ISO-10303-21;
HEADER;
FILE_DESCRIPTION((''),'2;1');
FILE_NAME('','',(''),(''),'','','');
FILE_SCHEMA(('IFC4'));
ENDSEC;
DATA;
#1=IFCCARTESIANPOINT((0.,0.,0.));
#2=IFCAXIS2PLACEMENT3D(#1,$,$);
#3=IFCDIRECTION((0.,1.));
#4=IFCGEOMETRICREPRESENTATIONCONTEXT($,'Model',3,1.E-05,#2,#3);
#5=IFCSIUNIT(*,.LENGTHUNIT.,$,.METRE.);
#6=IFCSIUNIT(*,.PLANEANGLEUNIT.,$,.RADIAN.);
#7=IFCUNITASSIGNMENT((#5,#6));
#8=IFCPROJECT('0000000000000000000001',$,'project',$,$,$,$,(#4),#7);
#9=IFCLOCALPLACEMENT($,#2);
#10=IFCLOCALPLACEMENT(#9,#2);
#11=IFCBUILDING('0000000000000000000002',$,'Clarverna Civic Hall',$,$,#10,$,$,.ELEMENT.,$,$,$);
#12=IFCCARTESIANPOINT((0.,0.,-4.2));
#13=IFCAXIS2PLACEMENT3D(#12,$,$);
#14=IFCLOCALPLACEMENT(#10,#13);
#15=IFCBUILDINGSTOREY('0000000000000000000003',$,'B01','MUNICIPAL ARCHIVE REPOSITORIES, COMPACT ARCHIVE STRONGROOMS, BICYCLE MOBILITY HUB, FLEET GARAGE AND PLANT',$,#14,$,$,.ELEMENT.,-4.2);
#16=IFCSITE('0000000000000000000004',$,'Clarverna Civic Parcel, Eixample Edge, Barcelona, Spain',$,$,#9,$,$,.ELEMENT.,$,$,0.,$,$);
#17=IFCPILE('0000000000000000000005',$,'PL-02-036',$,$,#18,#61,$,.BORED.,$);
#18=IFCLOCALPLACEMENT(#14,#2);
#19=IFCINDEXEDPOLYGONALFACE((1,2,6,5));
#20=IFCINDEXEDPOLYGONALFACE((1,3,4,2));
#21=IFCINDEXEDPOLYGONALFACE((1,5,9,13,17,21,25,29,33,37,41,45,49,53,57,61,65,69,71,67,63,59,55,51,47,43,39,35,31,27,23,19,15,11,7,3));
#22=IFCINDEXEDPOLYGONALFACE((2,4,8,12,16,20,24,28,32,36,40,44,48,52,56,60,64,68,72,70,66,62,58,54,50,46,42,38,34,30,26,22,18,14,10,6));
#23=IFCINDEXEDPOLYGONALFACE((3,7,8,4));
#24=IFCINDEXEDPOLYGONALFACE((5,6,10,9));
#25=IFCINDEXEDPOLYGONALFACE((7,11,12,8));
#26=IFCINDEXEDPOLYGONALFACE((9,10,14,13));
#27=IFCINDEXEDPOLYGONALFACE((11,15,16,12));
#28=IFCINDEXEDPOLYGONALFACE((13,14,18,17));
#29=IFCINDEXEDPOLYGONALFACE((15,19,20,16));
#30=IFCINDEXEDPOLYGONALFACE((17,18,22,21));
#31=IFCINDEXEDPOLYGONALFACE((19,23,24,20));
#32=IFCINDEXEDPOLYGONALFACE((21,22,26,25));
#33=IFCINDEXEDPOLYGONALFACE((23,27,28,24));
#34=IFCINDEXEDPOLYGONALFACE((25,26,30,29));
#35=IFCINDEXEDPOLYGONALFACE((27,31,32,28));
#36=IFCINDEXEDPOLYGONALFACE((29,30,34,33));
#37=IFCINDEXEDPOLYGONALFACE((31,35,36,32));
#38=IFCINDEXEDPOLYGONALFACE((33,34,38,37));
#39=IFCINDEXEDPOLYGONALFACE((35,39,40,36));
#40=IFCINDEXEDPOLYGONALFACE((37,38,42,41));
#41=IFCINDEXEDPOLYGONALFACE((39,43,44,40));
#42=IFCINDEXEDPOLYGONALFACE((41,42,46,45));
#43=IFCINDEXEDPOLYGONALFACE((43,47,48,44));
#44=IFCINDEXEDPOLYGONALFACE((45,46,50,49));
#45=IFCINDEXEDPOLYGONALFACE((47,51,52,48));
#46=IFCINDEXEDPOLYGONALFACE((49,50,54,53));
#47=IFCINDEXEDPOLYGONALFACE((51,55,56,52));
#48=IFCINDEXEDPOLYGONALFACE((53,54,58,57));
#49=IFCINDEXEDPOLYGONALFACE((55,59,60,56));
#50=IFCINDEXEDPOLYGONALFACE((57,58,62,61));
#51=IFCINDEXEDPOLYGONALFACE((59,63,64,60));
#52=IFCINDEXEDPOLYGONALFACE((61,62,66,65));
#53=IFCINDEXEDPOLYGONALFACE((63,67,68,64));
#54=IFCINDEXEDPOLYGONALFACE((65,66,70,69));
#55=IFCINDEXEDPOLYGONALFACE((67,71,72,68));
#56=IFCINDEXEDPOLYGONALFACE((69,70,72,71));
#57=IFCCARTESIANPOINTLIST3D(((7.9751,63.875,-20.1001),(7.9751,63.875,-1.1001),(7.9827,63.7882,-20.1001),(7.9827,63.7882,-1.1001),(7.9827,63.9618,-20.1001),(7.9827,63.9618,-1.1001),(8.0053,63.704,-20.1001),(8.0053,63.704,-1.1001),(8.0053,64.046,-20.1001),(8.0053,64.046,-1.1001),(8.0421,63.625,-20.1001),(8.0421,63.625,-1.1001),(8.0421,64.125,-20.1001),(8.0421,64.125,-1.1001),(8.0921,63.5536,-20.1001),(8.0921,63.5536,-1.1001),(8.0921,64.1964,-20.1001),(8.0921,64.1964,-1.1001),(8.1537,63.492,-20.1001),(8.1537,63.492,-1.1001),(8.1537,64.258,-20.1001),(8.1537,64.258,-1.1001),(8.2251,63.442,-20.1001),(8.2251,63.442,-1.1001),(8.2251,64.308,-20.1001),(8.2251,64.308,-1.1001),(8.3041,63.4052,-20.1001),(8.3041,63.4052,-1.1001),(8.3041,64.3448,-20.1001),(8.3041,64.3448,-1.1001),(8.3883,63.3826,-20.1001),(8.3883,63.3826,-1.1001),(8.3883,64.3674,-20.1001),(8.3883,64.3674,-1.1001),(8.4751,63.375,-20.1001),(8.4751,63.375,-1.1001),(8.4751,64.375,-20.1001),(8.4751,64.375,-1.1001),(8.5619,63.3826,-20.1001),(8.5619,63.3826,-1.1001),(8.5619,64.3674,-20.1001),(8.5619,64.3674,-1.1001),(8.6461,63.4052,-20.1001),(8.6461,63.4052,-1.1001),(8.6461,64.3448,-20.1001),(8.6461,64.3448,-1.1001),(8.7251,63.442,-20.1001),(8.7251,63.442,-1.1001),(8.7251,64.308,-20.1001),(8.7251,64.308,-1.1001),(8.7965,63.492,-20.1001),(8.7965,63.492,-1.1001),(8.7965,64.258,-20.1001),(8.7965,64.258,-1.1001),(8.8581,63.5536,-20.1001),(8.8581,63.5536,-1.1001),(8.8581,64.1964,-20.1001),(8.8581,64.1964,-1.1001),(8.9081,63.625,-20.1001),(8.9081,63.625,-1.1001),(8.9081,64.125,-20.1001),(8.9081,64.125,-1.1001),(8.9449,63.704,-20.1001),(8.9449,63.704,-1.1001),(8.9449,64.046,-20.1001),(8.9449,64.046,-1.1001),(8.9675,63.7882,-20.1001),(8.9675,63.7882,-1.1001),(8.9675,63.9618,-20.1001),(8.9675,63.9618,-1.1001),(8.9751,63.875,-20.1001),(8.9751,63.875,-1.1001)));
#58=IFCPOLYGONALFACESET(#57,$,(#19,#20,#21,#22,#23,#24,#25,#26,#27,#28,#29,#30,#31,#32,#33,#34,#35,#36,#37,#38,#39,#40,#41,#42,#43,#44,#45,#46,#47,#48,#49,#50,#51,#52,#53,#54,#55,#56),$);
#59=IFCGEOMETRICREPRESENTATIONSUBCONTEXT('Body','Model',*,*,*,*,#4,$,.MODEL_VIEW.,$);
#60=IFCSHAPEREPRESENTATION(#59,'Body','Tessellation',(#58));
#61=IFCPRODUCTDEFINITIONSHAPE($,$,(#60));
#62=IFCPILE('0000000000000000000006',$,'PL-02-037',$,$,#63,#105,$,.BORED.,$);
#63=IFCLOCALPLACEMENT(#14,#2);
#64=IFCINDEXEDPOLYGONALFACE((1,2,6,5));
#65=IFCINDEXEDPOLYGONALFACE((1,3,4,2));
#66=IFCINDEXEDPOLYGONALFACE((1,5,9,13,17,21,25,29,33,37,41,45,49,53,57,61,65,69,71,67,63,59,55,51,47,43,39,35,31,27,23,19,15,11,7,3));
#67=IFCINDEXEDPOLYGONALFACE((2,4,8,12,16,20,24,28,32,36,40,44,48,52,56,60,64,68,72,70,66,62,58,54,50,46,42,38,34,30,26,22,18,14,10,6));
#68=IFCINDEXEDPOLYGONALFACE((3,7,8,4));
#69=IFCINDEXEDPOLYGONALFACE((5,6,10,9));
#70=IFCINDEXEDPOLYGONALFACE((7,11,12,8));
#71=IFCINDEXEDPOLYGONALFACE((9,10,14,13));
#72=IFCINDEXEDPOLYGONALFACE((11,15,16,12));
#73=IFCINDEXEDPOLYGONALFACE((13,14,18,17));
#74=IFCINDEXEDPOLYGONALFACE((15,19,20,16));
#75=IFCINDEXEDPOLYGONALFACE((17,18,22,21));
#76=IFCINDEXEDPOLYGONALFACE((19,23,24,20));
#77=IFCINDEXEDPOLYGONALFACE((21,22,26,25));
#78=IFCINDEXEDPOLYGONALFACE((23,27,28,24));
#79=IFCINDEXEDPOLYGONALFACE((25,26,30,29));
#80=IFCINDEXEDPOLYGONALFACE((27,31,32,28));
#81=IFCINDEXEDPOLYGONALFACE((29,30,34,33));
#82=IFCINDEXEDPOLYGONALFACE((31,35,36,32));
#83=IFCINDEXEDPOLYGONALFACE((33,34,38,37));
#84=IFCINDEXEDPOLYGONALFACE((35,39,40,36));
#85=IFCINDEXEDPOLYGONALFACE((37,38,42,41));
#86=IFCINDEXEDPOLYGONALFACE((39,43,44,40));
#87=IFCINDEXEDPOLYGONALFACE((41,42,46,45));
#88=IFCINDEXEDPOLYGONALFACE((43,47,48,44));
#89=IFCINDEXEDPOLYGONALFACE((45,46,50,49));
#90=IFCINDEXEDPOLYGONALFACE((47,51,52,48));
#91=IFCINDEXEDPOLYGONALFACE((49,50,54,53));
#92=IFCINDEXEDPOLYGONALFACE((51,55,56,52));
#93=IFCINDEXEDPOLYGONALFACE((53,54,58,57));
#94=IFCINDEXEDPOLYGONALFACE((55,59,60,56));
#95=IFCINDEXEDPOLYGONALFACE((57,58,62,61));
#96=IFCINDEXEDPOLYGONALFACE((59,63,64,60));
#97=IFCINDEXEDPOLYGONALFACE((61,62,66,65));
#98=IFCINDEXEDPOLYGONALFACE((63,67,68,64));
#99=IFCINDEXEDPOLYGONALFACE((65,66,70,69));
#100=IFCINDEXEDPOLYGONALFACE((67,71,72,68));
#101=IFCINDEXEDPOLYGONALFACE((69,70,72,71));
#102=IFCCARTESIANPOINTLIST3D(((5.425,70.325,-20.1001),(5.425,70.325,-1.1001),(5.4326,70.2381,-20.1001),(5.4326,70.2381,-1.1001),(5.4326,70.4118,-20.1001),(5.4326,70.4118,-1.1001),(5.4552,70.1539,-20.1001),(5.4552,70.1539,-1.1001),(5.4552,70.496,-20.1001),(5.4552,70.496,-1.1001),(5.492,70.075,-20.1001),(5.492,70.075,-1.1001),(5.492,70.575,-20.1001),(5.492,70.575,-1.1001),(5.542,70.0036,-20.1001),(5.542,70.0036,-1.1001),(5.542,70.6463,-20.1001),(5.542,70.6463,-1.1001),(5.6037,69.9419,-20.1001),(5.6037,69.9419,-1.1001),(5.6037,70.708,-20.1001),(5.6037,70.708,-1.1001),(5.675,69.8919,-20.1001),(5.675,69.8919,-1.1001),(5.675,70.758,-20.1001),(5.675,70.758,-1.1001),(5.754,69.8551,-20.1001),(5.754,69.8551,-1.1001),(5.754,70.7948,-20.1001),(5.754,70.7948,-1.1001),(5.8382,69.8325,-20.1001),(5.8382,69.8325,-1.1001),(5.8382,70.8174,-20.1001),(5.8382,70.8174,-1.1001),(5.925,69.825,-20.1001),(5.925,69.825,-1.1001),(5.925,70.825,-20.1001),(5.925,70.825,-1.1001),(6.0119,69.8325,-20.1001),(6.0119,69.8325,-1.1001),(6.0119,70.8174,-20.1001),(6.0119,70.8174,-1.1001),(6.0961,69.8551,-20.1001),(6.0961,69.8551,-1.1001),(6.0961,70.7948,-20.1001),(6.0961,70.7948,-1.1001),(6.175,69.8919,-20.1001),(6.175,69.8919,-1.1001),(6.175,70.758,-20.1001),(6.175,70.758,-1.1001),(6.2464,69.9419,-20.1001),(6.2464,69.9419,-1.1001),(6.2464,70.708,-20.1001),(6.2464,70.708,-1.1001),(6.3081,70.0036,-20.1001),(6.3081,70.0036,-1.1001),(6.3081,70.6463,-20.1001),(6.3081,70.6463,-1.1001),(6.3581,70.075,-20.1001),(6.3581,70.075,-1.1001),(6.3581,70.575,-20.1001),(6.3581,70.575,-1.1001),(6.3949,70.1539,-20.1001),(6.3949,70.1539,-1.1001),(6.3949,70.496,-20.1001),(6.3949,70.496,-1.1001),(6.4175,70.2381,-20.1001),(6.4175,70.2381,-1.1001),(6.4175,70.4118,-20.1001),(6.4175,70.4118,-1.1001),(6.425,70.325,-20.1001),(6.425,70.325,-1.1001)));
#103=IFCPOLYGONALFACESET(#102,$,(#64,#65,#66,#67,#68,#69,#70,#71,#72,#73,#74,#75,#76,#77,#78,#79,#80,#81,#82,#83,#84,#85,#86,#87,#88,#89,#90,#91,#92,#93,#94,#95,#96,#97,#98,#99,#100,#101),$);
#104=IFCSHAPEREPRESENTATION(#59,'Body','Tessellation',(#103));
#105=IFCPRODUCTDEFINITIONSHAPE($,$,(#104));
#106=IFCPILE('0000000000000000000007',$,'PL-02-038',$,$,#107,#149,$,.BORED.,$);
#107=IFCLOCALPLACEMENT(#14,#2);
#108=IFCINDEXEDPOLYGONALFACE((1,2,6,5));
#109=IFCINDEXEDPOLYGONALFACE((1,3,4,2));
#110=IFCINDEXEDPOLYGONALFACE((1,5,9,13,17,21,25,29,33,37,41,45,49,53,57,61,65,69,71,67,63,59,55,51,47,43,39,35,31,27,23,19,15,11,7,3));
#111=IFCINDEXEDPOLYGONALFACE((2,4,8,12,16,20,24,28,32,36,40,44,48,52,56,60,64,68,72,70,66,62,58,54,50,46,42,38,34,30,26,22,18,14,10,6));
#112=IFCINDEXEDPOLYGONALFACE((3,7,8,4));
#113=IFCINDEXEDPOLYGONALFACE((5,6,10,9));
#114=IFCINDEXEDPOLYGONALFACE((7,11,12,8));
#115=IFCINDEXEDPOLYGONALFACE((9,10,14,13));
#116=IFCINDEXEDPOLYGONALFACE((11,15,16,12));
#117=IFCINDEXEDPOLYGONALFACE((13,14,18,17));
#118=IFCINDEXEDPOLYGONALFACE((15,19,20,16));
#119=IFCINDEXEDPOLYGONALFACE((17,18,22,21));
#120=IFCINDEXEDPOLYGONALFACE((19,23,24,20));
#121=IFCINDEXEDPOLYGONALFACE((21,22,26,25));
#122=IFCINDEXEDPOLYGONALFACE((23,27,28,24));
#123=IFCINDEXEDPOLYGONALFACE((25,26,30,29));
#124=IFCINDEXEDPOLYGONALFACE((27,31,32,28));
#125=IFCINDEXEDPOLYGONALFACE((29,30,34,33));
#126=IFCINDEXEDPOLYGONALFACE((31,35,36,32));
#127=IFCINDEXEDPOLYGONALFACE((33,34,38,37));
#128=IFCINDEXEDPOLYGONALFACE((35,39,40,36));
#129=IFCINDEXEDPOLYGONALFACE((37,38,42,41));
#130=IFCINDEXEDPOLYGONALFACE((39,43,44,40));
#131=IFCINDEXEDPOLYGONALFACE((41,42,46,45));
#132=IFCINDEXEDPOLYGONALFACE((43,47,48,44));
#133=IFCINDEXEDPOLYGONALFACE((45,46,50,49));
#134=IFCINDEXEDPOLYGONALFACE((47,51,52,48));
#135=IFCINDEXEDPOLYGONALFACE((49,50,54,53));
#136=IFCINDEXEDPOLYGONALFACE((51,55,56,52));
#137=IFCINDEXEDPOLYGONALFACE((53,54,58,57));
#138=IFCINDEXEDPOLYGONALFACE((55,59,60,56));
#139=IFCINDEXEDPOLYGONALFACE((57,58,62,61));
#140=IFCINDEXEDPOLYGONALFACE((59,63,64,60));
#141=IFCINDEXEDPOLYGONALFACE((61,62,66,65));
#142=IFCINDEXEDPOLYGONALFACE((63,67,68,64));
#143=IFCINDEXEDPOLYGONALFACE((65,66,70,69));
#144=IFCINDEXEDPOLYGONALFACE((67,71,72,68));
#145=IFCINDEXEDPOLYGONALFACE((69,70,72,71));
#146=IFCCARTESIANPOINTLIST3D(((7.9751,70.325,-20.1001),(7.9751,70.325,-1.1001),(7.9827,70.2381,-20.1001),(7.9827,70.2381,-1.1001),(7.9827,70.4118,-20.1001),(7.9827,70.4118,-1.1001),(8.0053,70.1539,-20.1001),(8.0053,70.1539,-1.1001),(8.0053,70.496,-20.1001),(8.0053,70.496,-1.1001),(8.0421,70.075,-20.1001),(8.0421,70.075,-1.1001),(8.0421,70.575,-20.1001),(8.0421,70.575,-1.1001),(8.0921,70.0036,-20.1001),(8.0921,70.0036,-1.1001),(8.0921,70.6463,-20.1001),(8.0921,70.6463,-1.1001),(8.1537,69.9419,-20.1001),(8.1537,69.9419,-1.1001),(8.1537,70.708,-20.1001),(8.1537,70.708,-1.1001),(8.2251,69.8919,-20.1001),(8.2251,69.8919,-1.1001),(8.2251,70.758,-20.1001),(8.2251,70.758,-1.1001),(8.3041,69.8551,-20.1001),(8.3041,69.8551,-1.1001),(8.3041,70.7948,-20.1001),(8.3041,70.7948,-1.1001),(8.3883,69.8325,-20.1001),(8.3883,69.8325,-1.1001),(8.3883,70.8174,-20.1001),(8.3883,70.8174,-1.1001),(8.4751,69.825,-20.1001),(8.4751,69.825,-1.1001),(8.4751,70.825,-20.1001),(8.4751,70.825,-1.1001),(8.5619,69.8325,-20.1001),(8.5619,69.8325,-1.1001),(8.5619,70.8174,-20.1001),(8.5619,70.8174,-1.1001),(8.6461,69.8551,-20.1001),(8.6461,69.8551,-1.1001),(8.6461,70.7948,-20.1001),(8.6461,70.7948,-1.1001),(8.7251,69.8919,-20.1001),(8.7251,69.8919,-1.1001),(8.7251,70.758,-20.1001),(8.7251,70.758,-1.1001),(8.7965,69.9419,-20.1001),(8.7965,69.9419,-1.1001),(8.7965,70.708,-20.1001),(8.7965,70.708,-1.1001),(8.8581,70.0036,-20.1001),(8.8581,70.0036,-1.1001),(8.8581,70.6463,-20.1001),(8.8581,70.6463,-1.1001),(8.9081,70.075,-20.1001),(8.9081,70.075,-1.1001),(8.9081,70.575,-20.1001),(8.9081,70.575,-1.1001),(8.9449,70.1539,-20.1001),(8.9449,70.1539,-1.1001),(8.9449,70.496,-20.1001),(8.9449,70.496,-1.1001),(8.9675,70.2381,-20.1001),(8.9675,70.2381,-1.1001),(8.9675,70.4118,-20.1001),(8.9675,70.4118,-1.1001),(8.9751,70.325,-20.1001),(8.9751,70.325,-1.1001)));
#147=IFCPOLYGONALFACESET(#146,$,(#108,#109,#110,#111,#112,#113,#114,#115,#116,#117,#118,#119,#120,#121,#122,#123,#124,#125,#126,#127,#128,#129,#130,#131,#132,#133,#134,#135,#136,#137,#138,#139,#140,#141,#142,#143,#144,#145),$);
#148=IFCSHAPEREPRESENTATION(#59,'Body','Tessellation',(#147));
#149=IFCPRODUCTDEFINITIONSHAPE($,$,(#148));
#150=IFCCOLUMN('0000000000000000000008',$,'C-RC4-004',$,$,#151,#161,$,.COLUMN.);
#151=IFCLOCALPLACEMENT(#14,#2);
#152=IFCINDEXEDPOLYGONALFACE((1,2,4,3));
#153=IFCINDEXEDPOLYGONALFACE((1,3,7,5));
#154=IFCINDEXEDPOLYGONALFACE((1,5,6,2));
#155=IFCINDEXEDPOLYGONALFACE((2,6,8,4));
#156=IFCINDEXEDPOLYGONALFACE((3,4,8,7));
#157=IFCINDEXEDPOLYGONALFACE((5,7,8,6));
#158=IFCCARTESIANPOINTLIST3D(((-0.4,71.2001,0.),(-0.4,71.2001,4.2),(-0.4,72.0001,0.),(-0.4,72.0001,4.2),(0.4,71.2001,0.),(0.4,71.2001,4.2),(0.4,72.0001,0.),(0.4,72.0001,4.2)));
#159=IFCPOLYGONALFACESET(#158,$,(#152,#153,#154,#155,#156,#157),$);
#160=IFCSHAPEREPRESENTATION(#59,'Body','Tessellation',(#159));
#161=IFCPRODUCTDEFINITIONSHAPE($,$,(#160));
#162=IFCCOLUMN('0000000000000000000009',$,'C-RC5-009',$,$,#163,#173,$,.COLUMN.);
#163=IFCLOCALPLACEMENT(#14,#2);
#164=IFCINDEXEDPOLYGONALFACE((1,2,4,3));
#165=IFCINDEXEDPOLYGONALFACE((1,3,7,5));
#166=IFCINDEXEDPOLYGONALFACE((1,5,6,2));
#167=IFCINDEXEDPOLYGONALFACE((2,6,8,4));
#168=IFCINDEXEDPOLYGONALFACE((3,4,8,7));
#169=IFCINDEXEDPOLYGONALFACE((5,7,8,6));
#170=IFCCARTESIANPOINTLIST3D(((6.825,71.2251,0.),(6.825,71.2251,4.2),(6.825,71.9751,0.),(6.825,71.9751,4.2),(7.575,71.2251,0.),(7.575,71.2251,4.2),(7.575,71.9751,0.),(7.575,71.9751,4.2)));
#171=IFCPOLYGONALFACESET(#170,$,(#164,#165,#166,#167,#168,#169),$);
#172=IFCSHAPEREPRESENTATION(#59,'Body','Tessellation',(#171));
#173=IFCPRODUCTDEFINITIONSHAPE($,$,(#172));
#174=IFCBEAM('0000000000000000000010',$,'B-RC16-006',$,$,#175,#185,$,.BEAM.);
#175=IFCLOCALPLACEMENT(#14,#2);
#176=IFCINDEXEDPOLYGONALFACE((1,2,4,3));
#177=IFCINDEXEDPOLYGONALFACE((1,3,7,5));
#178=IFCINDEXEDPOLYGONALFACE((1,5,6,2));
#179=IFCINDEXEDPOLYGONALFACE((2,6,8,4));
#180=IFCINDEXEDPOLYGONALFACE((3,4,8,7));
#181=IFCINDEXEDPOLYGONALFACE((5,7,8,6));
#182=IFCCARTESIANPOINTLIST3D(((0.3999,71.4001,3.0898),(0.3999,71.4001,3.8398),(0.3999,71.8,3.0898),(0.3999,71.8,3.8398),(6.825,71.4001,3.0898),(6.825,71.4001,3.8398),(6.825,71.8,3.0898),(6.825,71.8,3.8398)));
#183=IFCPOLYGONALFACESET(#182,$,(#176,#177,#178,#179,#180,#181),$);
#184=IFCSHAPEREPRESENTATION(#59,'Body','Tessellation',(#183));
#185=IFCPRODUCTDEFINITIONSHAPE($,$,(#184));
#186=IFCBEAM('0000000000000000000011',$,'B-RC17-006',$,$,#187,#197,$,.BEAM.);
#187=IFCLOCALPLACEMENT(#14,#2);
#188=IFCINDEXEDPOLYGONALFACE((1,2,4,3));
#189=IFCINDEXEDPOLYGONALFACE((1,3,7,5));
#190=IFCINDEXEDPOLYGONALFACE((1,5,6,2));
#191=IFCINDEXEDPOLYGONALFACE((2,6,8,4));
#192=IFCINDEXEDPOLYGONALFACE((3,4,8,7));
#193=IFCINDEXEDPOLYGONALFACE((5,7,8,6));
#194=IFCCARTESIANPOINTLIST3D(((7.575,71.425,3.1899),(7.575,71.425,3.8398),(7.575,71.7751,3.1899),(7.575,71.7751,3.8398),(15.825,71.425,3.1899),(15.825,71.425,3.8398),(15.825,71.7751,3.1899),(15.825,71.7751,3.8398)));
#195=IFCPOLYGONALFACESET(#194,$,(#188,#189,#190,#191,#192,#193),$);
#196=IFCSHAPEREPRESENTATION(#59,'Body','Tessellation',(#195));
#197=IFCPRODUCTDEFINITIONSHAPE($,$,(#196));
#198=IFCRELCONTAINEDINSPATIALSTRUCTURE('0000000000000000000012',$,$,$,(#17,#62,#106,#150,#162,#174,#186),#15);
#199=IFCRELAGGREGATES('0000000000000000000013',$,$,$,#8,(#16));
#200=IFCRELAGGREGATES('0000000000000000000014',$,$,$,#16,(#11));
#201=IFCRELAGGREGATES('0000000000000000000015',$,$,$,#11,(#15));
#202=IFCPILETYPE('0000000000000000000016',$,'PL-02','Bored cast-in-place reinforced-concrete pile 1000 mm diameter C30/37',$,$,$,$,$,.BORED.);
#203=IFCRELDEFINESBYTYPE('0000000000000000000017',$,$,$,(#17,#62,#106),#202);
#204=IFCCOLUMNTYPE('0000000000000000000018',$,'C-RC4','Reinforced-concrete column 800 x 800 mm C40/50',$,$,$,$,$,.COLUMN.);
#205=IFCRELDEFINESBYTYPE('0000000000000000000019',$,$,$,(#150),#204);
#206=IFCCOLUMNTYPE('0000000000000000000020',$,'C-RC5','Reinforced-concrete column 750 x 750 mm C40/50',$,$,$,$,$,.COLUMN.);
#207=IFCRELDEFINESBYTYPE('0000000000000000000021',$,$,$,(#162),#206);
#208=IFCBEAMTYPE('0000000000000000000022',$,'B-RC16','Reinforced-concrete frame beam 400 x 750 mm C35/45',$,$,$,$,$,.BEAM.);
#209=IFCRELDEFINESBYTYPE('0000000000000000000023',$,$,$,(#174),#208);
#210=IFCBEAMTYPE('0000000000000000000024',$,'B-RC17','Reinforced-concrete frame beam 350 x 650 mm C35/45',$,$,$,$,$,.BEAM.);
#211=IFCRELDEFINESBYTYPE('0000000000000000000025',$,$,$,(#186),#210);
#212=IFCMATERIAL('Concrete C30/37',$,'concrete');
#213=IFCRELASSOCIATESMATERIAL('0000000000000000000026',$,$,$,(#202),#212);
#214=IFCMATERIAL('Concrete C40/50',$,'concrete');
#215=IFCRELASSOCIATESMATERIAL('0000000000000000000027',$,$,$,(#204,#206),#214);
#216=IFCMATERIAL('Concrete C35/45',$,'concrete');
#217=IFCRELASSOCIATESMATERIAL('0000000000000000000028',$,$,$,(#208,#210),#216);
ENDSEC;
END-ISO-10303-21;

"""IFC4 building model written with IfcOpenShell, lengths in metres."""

from ifc_helpers import new_model, si_unit, direction, frame, origin, origin_2d, place, context, subcontext, project, spatial, rectangle, circle, extrude, material, material_profile, profile_set, type_object, element, save


model = new_model("IFC4")

# Units and contexts
model_context = context("Model", 3, precision=1e-05, world=origin(), true_north=direction((0.0, 1.0)))
body_context = subcontext(model_context, "Body", "Model", "MODEL_VIEW")
ifc_project = project(units=[si_unit("LENGTHUNIT", "METRE"), si_unit("PLANEANGLEUNIT", "RADIAN")], contexts=[model_context])

# Site, building, storey
site_placement = place(None, origin())
site = spatial("IfcSite", under=ifc_project, at=site_placement, Name="Clarverna Civic Parcel, Eixample Edge, Barcelona, Spain", CompositionType="ELEMENT", RefElevation=0.0)
building_placement = place(site_placement, origin())
building = spatial("IfcBuilding", under=site, at=building_placement, Name="Clarverna Civic Hall", CompositionType="ELEMENT")
storey_placement = place(building_placement, frame((0.0, 0.0, -4.2)))
storey = spatial("IfcBuildingStorey", under=building, at=storey_placement, Name="B01", Description="MUNICIPAL ARCHIVE REPOSITORIES, COMPACT ARCHIVE STRONGROOMS, BICYCLE MOBILITY HUB, FLEET GARAGE AND PLANT", CompositionType="ELEMENT", Elevation=-4.2)

# Shared definitions
ifc_material_1 = material(Name="Concrete C30/37", Category="concrete")

# Piles
ifc_material_profile_1 = material_profile(ifc_material_1, circle(Radius=0.5, at=origin_2d()), Name="BORED PILE D1000")
ifc_profile_set_1 = profile_set([ifc_material_profile_1], Name="Concrete C30/37")
pile_type = type_object("IfcPileType", Name="PL-02", Description="Bored cast-in-place reinforced-concrete pile 1000 mm diameter C30/37", PredefinedType="BORED", material=ifc_profile_set_1)
for number, where, z_axis, x_axis, name in (
    (1, (8.4751, 63.875, -1.1001), (0.0, 0.0, -1.0), (1.0, 0.0, 0.0), "PL-02-036"),
    (2, (5.925, 70.325, -1.1001), (0.0, 0.0, -1.0), (1.0, 0.0, 0.0), "PL-02-037"),
    (3, (8.4751, 70.325, -1.1001), (0.0, 0.0, -1.0), (1.0, 0.0, 0.0), "PL-02-038"),
):
    element("IfcPile", number, at=place(storey_placement, frame(where, z_axis=z_axis, x_axis=x_axis)), inside=storey, type_object=pile_type, Name=name, PredefinedType="BORED", context=body_context, shape_type="SweptSolid", body=[
        extrude(circle(Radius=0.5, at=origin_2d()), origin(), (0.0, 0.0, 1.0), 19.0),
    ])

# Columns
ifc_material_2 = material(Name="Concrete C40/50", Category="concrete")
ifc_material_profile_2 = material_profile(ifc_material_2, rectangle(XDim=0.8, YDim=0.8, at=origin_2d()), Name="RC 800x800")
ifc_profile_set_2 = profile_set([ifc_material_profile_2], Name="Concrete C40/50")
column_type_1 = type_object("IfcColumnType", Name="C-RC4", Description="Reinforced-concrete column 800 x 800 mm C40/50", PredefinedType="COLUMN", material=ifc_profile_set_2)
column_1_placement = place(storey_placement, frame((0.0, 71.6001, 0.0), z_axis=(0.0, 0.0, 1.0), x_axis=(1.0, 0.0, 0.0)))
element("IfcColumn", 4, at=column_1_placement, inside=storey, type_object=column_type_1, Name="C-RC4-004", PredefinedType="COLUMN", context=body_context, shape_type="SweptSolid", body=[
    extrude(rectangle(XDim=0.8, YDim=0.8, at=origin_2d()), origin(), (0.0, 0.0, 1.0), 4.2),
])
ifc_material_profile_3 = material_profile(ifc_material_2, rectangle(XDim=0.75, YDim=0.75, at=origin_2d()), Name="RC 750x750")
ifc_profile_set_3 = profile_set([ifc_material_profile_3], Name="Concrete C40/50")
column_type_2 = type_object("IfcColumnType", Name="C-RC5", Description="Reinforced-concrete column 750 x 750 mm C40/50", PredefinedType="COLUMN", material=ifc_profile_set_3)
column_2_placement = place(storey_placement, frame((7.2, 71.6001, 0.0), z_axis=(0.0, 0.0, 1.0), x_axis=(1.0, 0.0, 0.0)))
element("IfcColumn", 5, at=column_2_placement, inside=storey, type_object=column_type_2, Name="C-RC5-009", PredefinedType="COLUMN", context=body_context, shape_type="SweptSolid", body=[
    extrude(rectangle(XDim=0.75, YDim=0.75, at=origin_2d()), origin(), (0.0, 0.0, 1.0), 4.2),
])

# Beams
ifc_material_3 = material(Name="Concrete C35/45", Category="concrete")
ifc_material_profile_4 = material_profile(ifc_material_3, rectangle(XDim=0.3999, YDim=0.75, at=origin_2d()), Name="RC 400x750")
ifc_profile_set_4 = profile_set([ifc_material_profile_4], Name="Concrete C35/45")
beam_type_1 = type_object("IfcBeamType", Name="B-RC16", Description="Reinforced-concrete frame beam 400 x 750 mm C35/45", PredefinedType="BEAM", material=ifc_profile_set_4)
beam_1_placement = place(storey_placement, frame((0.3999, 71.6001, 3.4648), z_axis=(1.0, 0.0, 0.0), x_axis=(0.0, 1.0, 0.0)))
element("IfcBeam", 6, at=beam_1_placement, inside=storey, type_object=beam_type_1, Name="B-RC16-006", PredefinedType="BEAM", context=body_context, shape_type="SweptSolid", body=[
    extrude(rectangle(XDim=0.3999, YDim=0.75, at=origin_2d()), origin(), (0.0, 0.0, 1.0), 6.425),
])
ifc_material_profile_5 = material_profile(ifc_material_3, rectangle(XDim=0.3501, YDim=0.6499, at=origin_2d()), Name="RC 350x650")
ifc_profile_set_5 = profile_set([ifc_material_profile_5], Name="Concrete C35/45")
beam_type_2 = type_object("IfcBeamType", Name="B-RC17", Description="Reinforced-concrete frame beam 350 x 650 mm C35/45", PredefinedType="BEAM", material=ifc_profile_set_5)
beam_2_placement = place(storey_placement, frame((7.575, 71.6001, 3.5149), z_axis=(1.0, 0.0, 0.0), x_axis=(0.0, 1.0, 0.0)))
element("IfcBeam", 7, at=beam_2_placement, inside=storey, type_object=beam_type_2, Name="B-RC17-006", PredefinedType="BEAM", context=body_context, shape_type="SweptSolid", body=[
    extrude(rectangle(XDim=0.3501, YDim=0.6499, at=origin_2d()), origin(), (0.0, 0.0, 1.0), 8.25),
])

save(model, "model.ifc")
